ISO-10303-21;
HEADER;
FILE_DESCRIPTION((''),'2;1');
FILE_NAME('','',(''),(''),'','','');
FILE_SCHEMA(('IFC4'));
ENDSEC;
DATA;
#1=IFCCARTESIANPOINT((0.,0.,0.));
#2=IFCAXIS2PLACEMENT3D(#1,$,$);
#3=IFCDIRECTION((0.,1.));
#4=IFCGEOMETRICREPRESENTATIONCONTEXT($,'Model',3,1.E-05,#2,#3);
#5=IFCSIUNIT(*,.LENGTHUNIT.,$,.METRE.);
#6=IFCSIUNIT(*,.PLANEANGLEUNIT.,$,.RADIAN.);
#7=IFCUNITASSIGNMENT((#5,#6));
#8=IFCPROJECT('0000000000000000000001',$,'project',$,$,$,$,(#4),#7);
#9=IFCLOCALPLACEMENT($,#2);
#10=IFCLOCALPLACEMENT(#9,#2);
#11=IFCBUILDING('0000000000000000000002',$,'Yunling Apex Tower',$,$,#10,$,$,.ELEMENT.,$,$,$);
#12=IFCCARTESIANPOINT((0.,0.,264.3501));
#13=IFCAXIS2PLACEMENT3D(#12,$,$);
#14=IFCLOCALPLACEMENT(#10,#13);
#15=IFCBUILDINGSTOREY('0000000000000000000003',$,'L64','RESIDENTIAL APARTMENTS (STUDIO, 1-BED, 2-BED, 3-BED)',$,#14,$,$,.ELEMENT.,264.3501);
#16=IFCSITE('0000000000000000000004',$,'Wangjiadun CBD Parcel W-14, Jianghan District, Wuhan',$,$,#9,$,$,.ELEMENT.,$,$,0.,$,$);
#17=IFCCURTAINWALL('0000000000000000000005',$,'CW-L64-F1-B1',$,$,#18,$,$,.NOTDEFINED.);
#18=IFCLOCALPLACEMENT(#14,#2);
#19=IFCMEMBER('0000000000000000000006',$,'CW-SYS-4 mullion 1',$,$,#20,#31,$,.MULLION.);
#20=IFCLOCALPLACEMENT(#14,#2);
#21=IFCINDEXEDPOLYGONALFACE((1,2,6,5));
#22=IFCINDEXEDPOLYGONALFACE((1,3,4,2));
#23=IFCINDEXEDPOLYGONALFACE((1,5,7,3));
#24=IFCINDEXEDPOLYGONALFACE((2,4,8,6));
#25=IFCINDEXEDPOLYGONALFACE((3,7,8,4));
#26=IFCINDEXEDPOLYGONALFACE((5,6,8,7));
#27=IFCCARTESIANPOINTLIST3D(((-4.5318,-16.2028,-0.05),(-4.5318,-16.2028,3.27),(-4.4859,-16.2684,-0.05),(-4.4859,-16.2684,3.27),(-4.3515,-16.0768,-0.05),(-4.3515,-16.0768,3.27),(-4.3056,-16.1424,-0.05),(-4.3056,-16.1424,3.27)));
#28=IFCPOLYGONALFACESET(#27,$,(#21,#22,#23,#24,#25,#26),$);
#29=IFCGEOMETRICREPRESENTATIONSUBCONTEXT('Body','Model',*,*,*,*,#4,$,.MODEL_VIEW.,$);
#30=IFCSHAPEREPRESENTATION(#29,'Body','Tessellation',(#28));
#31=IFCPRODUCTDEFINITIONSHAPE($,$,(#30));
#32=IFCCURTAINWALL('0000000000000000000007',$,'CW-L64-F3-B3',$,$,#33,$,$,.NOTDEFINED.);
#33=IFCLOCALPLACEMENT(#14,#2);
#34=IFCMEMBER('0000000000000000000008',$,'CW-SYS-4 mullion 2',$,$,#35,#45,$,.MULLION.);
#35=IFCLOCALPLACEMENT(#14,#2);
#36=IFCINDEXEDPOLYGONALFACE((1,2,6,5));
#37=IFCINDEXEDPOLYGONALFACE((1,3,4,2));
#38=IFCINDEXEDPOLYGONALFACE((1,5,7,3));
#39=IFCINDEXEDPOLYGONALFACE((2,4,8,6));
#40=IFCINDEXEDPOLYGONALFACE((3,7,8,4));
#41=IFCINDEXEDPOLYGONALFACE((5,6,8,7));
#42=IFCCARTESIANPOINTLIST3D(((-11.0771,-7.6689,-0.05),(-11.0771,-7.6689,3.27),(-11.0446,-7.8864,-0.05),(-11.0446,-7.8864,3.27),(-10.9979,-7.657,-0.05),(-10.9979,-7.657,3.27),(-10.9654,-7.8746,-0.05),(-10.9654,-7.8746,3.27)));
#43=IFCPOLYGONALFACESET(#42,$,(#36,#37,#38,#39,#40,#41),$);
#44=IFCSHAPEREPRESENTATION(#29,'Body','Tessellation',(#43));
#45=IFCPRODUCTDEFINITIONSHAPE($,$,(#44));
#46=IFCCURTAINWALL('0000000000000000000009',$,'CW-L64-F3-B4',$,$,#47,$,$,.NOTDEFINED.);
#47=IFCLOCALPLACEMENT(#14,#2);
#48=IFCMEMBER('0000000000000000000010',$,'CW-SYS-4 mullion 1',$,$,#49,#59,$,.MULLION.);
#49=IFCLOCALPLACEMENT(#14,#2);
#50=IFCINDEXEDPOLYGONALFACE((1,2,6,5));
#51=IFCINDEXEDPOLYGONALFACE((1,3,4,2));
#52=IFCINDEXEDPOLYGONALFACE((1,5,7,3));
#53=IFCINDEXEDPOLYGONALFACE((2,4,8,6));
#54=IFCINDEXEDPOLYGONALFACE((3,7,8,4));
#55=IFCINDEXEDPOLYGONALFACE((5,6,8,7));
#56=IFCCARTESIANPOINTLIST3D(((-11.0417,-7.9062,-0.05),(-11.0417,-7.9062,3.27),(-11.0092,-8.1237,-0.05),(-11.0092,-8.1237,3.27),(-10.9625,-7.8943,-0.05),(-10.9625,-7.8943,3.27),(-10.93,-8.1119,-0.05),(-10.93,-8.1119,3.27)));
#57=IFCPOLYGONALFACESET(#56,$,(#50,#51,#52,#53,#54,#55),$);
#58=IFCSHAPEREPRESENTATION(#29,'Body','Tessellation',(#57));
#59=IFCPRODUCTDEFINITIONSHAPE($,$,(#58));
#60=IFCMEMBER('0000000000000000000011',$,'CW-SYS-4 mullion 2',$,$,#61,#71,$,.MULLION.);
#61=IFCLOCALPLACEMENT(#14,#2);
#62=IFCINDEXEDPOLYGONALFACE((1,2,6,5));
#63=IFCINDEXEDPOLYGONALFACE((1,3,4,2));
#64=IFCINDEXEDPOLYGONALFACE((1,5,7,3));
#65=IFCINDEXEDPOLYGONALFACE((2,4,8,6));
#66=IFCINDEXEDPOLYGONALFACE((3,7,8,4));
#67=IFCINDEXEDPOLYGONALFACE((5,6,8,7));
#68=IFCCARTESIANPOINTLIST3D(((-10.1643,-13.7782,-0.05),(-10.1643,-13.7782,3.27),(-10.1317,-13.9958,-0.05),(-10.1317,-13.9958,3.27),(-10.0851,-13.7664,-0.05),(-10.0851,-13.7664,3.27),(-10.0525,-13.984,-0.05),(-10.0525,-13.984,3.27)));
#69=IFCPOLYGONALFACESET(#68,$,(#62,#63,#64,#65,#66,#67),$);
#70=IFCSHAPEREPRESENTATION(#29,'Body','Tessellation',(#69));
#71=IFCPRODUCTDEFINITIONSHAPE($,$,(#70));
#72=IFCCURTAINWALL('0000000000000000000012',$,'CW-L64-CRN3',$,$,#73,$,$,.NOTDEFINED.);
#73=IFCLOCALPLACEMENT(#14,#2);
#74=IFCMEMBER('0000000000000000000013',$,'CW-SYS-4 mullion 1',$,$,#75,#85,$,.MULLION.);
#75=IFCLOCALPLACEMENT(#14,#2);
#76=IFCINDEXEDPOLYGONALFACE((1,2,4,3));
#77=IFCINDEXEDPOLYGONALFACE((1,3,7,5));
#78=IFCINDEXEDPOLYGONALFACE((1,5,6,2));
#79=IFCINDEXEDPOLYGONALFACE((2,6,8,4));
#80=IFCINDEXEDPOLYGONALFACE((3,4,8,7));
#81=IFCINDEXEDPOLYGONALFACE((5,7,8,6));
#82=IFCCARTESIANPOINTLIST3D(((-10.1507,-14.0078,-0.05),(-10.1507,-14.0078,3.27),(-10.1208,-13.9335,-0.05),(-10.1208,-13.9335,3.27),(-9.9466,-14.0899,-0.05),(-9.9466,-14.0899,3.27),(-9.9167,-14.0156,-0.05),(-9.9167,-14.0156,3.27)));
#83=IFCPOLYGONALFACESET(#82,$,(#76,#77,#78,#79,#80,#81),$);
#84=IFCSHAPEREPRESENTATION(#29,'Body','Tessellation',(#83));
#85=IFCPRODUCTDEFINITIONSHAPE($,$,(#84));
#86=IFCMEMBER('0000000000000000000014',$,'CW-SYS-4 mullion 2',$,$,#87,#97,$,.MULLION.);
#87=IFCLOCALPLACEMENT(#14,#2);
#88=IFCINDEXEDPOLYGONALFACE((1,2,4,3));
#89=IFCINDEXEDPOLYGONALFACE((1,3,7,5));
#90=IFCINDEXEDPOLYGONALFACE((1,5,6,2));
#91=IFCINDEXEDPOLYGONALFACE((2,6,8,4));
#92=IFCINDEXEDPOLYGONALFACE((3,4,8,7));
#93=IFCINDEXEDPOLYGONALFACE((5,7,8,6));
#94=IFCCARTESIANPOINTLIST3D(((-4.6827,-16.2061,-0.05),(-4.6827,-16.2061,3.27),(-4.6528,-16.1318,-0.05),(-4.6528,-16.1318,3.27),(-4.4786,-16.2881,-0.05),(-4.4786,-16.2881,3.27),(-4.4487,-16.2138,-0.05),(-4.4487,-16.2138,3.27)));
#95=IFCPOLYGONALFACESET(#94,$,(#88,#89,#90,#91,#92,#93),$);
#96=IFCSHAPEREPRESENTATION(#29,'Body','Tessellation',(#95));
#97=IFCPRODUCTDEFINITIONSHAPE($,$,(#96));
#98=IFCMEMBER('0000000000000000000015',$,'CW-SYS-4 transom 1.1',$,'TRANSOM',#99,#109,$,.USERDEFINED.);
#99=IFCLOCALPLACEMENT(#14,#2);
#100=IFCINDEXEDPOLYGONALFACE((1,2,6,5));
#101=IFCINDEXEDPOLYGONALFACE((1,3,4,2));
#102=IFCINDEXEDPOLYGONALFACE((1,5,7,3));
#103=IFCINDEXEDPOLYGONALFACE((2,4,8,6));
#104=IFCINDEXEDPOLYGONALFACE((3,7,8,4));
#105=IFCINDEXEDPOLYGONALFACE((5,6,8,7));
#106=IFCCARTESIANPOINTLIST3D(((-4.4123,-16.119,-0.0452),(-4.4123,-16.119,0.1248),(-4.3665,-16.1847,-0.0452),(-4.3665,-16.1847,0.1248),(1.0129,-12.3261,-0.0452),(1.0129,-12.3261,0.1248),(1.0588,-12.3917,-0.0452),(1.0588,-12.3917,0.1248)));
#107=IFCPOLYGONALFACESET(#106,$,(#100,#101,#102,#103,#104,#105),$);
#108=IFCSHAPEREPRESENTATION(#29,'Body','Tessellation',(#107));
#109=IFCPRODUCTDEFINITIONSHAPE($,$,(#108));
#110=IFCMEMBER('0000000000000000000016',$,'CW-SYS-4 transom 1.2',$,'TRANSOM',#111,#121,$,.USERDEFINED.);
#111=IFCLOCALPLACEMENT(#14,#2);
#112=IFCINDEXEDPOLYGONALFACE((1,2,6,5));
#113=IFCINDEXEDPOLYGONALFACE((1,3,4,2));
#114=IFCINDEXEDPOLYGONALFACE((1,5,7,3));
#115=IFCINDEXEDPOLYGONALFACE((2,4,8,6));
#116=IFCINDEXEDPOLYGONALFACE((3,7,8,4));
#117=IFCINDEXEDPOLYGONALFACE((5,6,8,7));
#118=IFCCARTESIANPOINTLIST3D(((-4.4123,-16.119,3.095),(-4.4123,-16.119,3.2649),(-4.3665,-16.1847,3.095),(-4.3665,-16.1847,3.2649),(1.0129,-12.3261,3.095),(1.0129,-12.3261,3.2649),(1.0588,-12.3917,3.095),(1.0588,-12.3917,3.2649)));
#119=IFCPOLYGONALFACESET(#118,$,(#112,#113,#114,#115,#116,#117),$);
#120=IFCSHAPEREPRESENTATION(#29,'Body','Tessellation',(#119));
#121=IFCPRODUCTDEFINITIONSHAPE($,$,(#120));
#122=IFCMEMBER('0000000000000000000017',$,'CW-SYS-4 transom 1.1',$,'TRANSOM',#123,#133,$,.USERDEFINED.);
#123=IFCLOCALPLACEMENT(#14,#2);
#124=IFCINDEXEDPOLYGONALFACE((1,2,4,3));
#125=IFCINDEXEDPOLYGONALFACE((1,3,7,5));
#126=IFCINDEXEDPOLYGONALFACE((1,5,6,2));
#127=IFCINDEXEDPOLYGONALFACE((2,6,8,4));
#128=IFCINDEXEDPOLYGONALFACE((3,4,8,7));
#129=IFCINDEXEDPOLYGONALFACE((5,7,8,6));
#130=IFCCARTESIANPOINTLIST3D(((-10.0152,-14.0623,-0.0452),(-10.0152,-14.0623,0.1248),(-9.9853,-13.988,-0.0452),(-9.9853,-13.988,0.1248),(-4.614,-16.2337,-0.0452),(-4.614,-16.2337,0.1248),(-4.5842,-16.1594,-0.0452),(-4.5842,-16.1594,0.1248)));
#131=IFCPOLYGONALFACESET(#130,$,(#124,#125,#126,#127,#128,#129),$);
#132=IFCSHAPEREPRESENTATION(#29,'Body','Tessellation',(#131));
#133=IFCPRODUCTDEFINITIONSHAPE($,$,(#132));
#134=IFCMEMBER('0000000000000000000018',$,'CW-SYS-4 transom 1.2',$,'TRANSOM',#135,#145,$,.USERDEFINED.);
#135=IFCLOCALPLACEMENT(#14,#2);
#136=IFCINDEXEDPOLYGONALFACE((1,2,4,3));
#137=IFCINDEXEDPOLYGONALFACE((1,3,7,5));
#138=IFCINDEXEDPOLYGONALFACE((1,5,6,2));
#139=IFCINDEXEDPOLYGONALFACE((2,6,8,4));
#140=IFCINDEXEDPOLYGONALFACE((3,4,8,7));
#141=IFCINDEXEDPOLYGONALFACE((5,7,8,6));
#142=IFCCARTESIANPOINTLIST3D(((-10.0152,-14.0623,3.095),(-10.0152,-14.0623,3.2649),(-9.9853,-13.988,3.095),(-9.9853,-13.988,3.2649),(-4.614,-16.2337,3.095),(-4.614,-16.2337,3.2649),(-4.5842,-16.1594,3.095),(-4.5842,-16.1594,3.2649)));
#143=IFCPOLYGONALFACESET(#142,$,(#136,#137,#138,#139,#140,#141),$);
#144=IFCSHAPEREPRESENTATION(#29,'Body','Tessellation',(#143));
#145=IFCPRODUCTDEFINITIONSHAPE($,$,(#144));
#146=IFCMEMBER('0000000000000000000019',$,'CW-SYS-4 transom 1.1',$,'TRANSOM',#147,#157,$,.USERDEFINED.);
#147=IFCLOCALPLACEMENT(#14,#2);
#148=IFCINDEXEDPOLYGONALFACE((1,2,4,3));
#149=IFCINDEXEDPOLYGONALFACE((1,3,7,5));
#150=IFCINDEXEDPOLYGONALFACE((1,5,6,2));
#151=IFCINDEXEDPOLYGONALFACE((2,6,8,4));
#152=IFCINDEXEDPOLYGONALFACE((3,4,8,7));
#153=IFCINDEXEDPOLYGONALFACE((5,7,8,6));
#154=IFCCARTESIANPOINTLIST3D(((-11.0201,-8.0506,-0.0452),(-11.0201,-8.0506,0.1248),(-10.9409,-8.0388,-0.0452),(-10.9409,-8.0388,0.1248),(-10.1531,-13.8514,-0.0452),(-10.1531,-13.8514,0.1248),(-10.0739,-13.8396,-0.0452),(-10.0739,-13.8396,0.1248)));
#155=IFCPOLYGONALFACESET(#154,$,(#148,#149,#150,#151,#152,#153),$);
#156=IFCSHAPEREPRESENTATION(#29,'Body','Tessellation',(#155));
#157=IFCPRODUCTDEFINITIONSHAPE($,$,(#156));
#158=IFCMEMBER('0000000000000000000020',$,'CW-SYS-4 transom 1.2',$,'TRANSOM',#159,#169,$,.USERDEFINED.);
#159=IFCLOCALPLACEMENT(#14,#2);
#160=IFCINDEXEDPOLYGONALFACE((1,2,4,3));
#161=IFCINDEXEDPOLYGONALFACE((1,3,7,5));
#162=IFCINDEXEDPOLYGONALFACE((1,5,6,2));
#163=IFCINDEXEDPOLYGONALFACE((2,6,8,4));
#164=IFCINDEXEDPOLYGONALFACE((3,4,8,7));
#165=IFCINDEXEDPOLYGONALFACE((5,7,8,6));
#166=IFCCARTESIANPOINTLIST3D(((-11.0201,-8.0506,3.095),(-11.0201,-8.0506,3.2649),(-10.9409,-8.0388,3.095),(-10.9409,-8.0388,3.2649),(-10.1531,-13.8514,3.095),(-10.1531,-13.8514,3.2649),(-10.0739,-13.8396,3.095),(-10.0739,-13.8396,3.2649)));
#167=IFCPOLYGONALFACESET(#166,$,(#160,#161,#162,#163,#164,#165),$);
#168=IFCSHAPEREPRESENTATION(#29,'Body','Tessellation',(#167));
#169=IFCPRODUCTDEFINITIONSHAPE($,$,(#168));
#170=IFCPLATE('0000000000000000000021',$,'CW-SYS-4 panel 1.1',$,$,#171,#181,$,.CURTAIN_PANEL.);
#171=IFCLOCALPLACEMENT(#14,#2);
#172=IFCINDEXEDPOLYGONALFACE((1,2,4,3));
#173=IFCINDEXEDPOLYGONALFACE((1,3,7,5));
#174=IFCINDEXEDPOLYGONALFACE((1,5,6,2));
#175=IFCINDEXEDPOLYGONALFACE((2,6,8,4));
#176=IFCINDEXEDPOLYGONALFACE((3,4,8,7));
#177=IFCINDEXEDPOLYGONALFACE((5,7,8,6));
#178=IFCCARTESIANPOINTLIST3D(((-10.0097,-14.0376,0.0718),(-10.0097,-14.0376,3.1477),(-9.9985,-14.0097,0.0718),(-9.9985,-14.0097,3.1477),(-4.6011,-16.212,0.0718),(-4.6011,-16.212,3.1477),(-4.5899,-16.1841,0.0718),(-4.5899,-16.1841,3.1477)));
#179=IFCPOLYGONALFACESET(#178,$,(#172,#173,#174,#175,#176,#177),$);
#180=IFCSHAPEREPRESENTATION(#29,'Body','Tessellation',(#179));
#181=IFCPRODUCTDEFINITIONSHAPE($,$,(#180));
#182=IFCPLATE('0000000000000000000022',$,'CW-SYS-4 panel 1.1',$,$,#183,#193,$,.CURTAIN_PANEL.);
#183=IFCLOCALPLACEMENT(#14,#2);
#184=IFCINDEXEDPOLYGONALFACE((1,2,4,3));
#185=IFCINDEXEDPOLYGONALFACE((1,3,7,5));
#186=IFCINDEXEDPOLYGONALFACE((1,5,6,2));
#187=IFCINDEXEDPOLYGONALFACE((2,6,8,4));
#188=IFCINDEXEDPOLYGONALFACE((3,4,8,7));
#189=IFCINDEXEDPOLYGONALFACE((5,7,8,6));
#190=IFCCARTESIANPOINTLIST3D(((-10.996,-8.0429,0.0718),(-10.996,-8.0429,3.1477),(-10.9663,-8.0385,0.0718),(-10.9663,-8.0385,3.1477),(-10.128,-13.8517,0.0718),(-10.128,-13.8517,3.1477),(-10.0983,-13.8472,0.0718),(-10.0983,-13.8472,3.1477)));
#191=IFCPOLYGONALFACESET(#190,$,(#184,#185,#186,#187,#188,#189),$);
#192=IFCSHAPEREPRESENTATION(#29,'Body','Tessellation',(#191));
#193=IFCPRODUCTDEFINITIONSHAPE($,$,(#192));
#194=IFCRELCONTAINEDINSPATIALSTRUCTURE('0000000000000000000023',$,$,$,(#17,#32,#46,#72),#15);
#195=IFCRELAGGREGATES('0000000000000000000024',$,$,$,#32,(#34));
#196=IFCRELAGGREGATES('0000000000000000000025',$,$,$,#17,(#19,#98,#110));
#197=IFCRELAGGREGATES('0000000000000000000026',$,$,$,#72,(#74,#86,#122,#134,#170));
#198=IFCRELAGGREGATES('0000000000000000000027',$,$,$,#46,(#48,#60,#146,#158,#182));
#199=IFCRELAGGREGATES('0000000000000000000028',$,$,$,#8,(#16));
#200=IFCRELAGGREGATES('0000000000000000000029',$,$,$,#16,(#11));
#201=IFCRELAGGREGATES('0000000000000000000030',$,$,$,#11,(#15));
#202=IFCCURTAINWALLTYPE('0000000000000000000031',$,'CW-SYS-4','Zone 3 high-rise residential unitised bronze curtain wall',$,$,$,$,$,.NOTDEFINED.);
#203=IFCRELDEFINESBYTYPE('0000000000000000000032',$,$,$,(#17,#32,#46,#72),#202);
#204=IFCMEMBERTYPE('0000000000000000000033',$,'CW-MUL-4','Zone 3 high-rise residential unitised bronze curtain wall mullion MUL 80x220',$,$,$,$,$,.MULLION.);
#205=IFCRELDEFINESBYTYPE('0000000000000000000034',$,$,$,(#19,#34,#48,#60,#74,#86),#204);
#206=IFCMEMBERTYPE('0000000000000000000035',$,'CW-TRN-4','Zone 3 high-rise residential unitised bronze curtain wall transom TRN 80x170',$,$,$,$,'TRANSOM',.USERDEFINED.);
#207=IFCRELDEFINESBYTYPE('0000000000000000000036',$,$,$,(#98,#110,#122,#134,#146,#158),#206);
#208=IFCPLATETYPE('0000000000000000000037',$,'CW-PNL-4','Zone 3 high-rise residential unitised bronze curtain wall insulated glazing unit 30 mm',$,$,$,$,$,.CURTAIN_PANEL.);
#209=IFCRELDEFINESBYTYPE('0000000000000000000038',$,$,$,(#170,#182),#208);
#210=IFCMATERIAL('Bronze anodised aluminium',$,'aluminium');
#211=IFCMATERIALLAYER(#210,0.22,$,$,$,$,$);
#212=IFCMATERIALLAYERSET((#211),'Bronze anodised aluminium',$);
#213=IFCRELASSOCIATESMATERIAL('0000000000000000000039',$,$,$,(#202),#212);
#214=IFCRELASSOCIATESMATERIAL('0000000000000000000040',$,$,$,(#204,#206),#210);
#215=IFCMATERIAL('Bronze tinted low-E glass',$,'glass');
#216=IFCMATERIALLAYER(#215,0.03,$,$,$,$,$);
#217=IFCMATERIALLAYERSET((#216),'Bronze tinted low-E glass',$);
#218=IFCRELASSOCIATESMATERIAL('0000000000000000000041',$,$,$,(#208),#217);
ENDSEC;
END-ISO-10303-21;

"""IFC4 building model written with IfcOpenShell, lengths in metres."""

from ifc_helpers import new_model, si_unit, direction, frame, origin, origin_2d, place, context, subcontext, project, spatial, rectangle, extrude, source, transform, mapped, material, layer, layer_set, material_profile, profile_set, type_object, element, aggregate, save


model = new_model("IFC4")

# Units and contexts
model_context = context("Model", 3, precision=1e-05, world=origin(), true_north=direction((0.0, 1.0)))
body_context = subcontext(model_context, "Body", "Model", "MODEL_VIEW")
ifc_project = project(units=[si_unit("LENGTHUNIT", "METRE"), si_unit("PLANEANGLEUNIT", "RADIAN")], contexts=[model_context])

# Site, building, storey
site_placement = place(None, origin())
site = spatial("IfcSite", under=ifc_project, at=site_placement, Name="Wangjiadun CBD Parcel W-14, Jianghan District, Wuhan", CompositionType="ELEMENT", RefElevation=0.0)
building_placement = place(site_placement, origin())
building = spatial("IfcBuilding", under=site, at=building_placement, Name="Yunling Apex Tower", CompositionType="ELEMENT")
storey_placement = place(building_placement, frame((0.0, 0.0, 264.3501)))
storey = spatial("IfcBuildingStorey", under=building, at=storey_placement, Name="L64", Description="RESIDENTIAL APARTMENTS (STUDIO, 1-BED, 2-BED, 3-BED)", CompositionType="ELEMENT", Elevation=264.3501)

# Curtain walls, members
ifc_material_1 = material(Name="Bronze anodised aluminium", Category="aluminium")
ifc_layer_1 = layer(ifc_material_1, 0.22)
ifc_layer_set_1 = layer_set([ifc_layer_1], Name="Bronze anodised aluminium")
curtain_wall_type = type_object("IfcCurtainWallType", Name="CW-SYS-4", Description="Zone 3 high-rise residential unitised bronze curtain wall", PredefinedType="NOTDEFINED", material=ifc_layer_set_1)
curtain_wall_1_placement = place(storey_placement, origin())
curtain_wall_1 = element("IfcCurtainWall", 1, at=curtain_wall_1_placement, inside=storey, type_object=curtain_wall_type, Name="CW-L64-F1-B1", PredefinedType="NOTDEFINED")
ifc_material_profile_1 = material_profile(ifc_material_1, rectangle(XDim=0.0801, YDim=0.22, at=origin_2d()))
ifc_profile_set_1 = profile_set([ifc_material_profile_1], Name="Bronze anodised aluminium")
member_type_1 = type_object("IfcMemberType", Name="CW-MUL-4", Description="Zone 3 high-rise residential unitised bronze curtain wall mullion MUL 80x220", PredefinedType="MULLION", material=ifc_profile_set_1)
shared_shape_1 = source(origin(), body_context, "Body", "SweptSolid", [
    extrude(rectangle(XDim=0.0801, YDim=0.22, at=origin_2d()), origin(), (0.0, 0.0, 1.0), 3.3201),
])
member_1_placement = place(storey_placement, frame((-4.4187, -16.1726, -0.05), z_axis=(0.0, 0.0, 1.0), x_axis=(-0.573, 0.819555, 0.0)))
member_1 = element("IfcMember", 2, at=member_1_placement, type_object=member_type_1, Name="CW-SYS-4 mullion 1", PredefinedType="MULLION", context=body_context, shape_type="MappedRepresentation", body=[
    mapped(shared_shape_1, transform((0.0, 0.0, 0.0), scale=1.0)),
])
curtain_wall_2_placement = place(storey_placement, origin())
curtain_wall_2 = element("IfcCurtainWall", 3, at=curtain_wall_2_placement, inside=storey, type_object=curtain_wall_type, Name="CW-L64-F3-B3", PredefinedType="NOTDEFINED")
member_2_placement = place(storey_placement, frame((-11.0212, -7.7717, -0.05), z_axis=(0.0, 0.0, 1.0), x_axis=(0.989016, 0.147807, 0.0)))
member_2 = element("IfcMember", 4, at=member_2_placement, type_object=member_type_1, Name="CW-SYS-4 mullion 2", PredefinedType="MULLION", context=body_context, shape_type="MappedRepresentation", body=[
    mapped(shared_shape_1, transform((0.0, 0.0, 0.0), scale=1.0)),
])
aggregate(curtain_wall_2, [member_2])

# Curtain walls, members
curtain_wall_3_placement = place(storey_placement, origin())
curtain_wall_3 = element("IfcCurtainWall", 5, at=curtain_wall_3_placement, inside=storey, type_object=curtain_wall_type, Name="CW-L64-F3-B4", PredefinedType="NOTDEFINED")
member_3_placement = place(storey_placement, frame((-10.9858, -8.009, -0.05), z_axis=(0.0, 0.0, 1.0), x_axis=(0.989019, 0.147791, 0.0)))
member_3 = element("IfcMember", 6, at=member_3_placement, type_object=member_type_1, Name="CW-SYS-4 mullion 1", PredefinedType="MULLION", context=body_context, shape_type="MappedRepresentation", body=[
    mapped(shared_shape_1, transform((0.0, 0.0, 0.0), scale=1.0)),
])
member_4_placement = place(storey_placement, frame((-10.1084, -13.8811, -0.05), z_axis=(0.0, 0.0, 1.0), x_axis=(0.989019, 0.147791, 0.0)))
member_4 = element("IfcMember", 7, at=member_4_placement, type_object=member_type_1, Name="CW-SYS-4 mullion 2", PredefinedType="MULLION", context=body_context, shape_type="MappedRepresentation", body=[
    mapped(shared_shape_1, transform((0.0, 0.0, 0.0), scale=1.0)),
])
curtain_wall_4_placement = place(storey_placement, origin())
curtain_wall_4 = element("IfcCurtainWall", 8, at=curtain_wall_4_placement, inside=storey, type_object=curtain_wall_type, Name="CW-L64-CRN3", PredefinedType="NOTDEFINED")
member_5_placement = place(storey_placement, frame((-10.0337, -14.0117, -0.05), z_axis=(0.0, 0.0, 1.0), x_axis=(0.373009, 0.927828, 0.0)))
member_5 = element("IfcMember", 9, at=member_5_placement, type_object=member_type_1, Name="CW-SYS-4 mullion 1", PredefinedType="MULLION", context=body_context, shape_type="MappedRepresentation", body=[
    mapped(shared_shape_1, transform((0.0, 0.0, 0.0), scale=1.0)),
])
member_6_placement = place(storey_placement, frame((-4.5657, -16.21, -0.05), z_axis=(0.0, 0.0, 1.0), x_axis=(0.373009, 0.927828, 0.0)))
member_6 = element("IfcMember", 10, at=member_6_placement, type_object=member_type_1, Name="CW-SYS-4 mullion 2", PredefinedType="MULLION", context=body_context, shape_type="MappedRepresentation", body=[
    mapped(shared_shape_1, transform((0.0, 0.0, 0.0), scale=1.0)),
])

# Members
ifc_material_profile_2 = material_profile(ifc_material_1, rectangle(XDim=0.0801, YDim=0.1699, at=origin_2d()))
ifc_profile_set_2 = profile_set([ifc_material_profile_2], Name="Bronze anodised aluminium")
member_type_2 = type_object("IfcMemberType", Name="CW-TRN-4", Description="Zone 3 high-rise residential unitised bronze curtain wall transom TRN 80x170", ElementType="TRANSOM", PredefinedType="USERDEFINED", material=ifc_profile_set_2)
shared_shape_2 = source(origin(), body_context, "Body", "SweptSolid", [
    extrude(rectangle(XDim=0.0801, YDim=0.1699, at=origin_2d()), origin(), (0.0, 0.0, 1.0), 6.6196),
])
member_7_placement = place(storey_placement, frame((-4.3894, -16.1519, 0.0398), z_axis=(0.819568, 0.572982, 0.0), x_axis=(-0.572982, 0.819568, 0.0)))
member_7 = element("IfcMember", 11, at=member_7_placement, type_object=member_type_2, Name="CW-SYS-4 transom 1.1", ObjectType="TRANSOM", PredefinedType="USERDEFINED", context=body_context, shape_type="MappedRepresentation", body=[
    mapped(shared_shape_2, transform((0.0, 0.0, 0.0), scale=1.0)),
])
member_8_placement = place(storey_placement, frame((-4.3894, -16.1519, 3.1799), z_axis=(0.819568, 0.572982, 0.0), x_axis=(-0.572982, 0.819568, 0.0)))
member_8 = element("IfcMember", 12, at=member_8_placement, type_object=member_type_2, Name="CW-SYS-4 transom 1.2", ObjectType="TRANSOM", PredefinedType="USERDEFINED", context=body_context, shape_type="MappedRepresentation", body=[
    mapped(shared_shape_2, transform((0.0, 0.0, 0.0), scale=1.0)),
])
aggregate(curtain_wall_1, [member_1, member_7, member_8])
shared_shape_3 = source(origin(), body_context, "Body", "SweptSolid", [
    extrude(rectangle(XDim=0.0801, YDim=0.1699, at=origin_2d()), origin(), (0.0, 0.0, 1.0), 5.8213),
])
member_9_placement = place(storey_placement, frame((-10.0002, -14.0251, 0.0398), z_axis=(0.927827, -0.37301, 0.0), x_axis=(0.37301, 0.927827, 0.0)))
member_9 = element("IfcMember", 13, at=member_9_placement, type_object=member_type_2, Name="CW-SYS-4 transom 1.1", ObjectType="TRANSOM", PredefinedType="USERDEFINED", context=body_context, shape_type="MappedRepresentation", body=[
    mapped(shared_shape_3, transform((0.0, 0.0, 0.0), scale=1.0)),
])
member_10_placement = place(storey_placement, frame((-10.0002, -14.0251, 3.1799), z_axis=(0.927827, -0.37301, 0.0), x_axis=(0.37301, 0.927827, 0.0)))
member_10 = element("IfcMember", 14, at=member_10_placement, type_object=member_type_2, Name="CW-SYS-4 transom 1.2", ObjectType="TRANSOM", PredefinedType="USERDEFINED", context=body_context, shape_type="MappedRepresentation", body=[
    mapped(shared_shape_3, transform((0.0, 0.0, 0.0), scale=1.0)),
])
shared_shape_4 = source(origin(), body_context, "Body", "SweptSolid", [
    extrude(rectangle(XDim=0.0801, YDim=0.1699, at=origin_2d()), origin(), (0.0, 0.0, 1.0), 5.8652),
])
member_11_placement = place(storey_placement, frame((-10.9805, -8.0447, 0.0398), z_axis=(0.147811, -0.989016, 0.0), x_axis=(0.989016, 0.147811, 0.0)))
member_11 = element("IfcMember", 15, at=member_11_placement, type_object=member_type_2, Name="CW-SYS-4 transom 1.1", ObjectType="TRANSOM", PredefinedType="USERDEFINED", context=body_context, shape_type="MappedRepresentation", body=[
    mapped(shared_shape_4, transform((0.0, 0.0, 0.0), scale=1.0)),
])
member_12_placement = place(storey_placement, frame((-10.9805, -8.0447, 3.1799), z_axis=(0.147811, -0.989016, 0.0), x_axis=(0.989016, 0.147811, 0.0)))
member_12 = element("IfcMember", 16, at=member_12_placement, type_object=member_type_2, Name="CW-SYS-4 transom 1.2", ObjectType="TRANSOM", PredefinedType="USERDEFINED", context=body_context, shape_type="MappedRepresentation", body=[
    mapped(shared_shape_4, transform((0.0, 0.0, 0.0), scale=1.0)),
])

# Plates
ifc_material_2 = material(Name="Bronze tinted low-E glass", Category="glass")
ifc_layer_2 = layer(ifc_material_2, 0.03)
ifc_layer_set_2 = layer_set([ifc_layer_2], Name="Bronze tinted low-E glass")
plate_type = type_object("IfcPlateType", Name="CW-PNL-4", Description="Zone 3 high-rise residential unitised bronze curtain wall insulated glazing unit 30 mm", PredefinedType="CURTAIN_PANEL", material=ifc_layer_set_2)
shared_shape_5 = source(origin(), body_context, "Body", "SweptSolid", [
    extrude(rectangle(XDim=5.8293, YDim=0.03, at=origin_2d()), origin(), (0.0, 0.0, 1.0), 3.0759),
])
plate_1_placement = place(storey_placement, frame((-7.2998, -15.1108, 0.0718), z_axis=(0.0, 0.0, 1.0), x_axis=(0.927828, -0.373009, 0.0)))
plate_1 = element("IfcPlate", 17, at=plate_1_placement, type_object=plate_type, Name="CW-SYS-4 panel 1.1", PredefinedType="CURTAIN_PANEL", context=body_context, shape_type="MappedRepresentation", body=[
    mapped(shared_shape_5, transform((0.0, 0.0, 0.0), scale=1.0)),
])
aggregate(curtain_wall_4, [member_5, member_6, member_9, member_10, plate_1])
shared_shape_6 = source(origin(), body_context, "Body", "SweptSolid", [
    extrude(rectangle(XDim=5.8733, YDim=0.03, at=origin_2d()), origin(), (0.0, 0.0, 1.0), 3.0759),
])
plate_2_placement = place(storey_placement, frame((-10.5471, -10.9451, 0.0718), z_axis=(0.0, 0.0, 1.0), x_axis=(0.147791, -0.989019, 0.0)))
plate_2 = element("IfcPlate", 18, at=plate_2_placement, type_object=plate_type, Name="CW-SYS-4 panel 1.1", PredefinedType="CURTAIN_PANEL", context=body_context, shape_type="MappedRepresentation", body=[
    mapped(shared_shape_6, transform((0.0, 0.0, 0.0), scale=1.0)),
])
aggregate(curtain_wall_3, [member_3, member_4, member_11, member_12, plate_2])

save(model, "model.ifc")
